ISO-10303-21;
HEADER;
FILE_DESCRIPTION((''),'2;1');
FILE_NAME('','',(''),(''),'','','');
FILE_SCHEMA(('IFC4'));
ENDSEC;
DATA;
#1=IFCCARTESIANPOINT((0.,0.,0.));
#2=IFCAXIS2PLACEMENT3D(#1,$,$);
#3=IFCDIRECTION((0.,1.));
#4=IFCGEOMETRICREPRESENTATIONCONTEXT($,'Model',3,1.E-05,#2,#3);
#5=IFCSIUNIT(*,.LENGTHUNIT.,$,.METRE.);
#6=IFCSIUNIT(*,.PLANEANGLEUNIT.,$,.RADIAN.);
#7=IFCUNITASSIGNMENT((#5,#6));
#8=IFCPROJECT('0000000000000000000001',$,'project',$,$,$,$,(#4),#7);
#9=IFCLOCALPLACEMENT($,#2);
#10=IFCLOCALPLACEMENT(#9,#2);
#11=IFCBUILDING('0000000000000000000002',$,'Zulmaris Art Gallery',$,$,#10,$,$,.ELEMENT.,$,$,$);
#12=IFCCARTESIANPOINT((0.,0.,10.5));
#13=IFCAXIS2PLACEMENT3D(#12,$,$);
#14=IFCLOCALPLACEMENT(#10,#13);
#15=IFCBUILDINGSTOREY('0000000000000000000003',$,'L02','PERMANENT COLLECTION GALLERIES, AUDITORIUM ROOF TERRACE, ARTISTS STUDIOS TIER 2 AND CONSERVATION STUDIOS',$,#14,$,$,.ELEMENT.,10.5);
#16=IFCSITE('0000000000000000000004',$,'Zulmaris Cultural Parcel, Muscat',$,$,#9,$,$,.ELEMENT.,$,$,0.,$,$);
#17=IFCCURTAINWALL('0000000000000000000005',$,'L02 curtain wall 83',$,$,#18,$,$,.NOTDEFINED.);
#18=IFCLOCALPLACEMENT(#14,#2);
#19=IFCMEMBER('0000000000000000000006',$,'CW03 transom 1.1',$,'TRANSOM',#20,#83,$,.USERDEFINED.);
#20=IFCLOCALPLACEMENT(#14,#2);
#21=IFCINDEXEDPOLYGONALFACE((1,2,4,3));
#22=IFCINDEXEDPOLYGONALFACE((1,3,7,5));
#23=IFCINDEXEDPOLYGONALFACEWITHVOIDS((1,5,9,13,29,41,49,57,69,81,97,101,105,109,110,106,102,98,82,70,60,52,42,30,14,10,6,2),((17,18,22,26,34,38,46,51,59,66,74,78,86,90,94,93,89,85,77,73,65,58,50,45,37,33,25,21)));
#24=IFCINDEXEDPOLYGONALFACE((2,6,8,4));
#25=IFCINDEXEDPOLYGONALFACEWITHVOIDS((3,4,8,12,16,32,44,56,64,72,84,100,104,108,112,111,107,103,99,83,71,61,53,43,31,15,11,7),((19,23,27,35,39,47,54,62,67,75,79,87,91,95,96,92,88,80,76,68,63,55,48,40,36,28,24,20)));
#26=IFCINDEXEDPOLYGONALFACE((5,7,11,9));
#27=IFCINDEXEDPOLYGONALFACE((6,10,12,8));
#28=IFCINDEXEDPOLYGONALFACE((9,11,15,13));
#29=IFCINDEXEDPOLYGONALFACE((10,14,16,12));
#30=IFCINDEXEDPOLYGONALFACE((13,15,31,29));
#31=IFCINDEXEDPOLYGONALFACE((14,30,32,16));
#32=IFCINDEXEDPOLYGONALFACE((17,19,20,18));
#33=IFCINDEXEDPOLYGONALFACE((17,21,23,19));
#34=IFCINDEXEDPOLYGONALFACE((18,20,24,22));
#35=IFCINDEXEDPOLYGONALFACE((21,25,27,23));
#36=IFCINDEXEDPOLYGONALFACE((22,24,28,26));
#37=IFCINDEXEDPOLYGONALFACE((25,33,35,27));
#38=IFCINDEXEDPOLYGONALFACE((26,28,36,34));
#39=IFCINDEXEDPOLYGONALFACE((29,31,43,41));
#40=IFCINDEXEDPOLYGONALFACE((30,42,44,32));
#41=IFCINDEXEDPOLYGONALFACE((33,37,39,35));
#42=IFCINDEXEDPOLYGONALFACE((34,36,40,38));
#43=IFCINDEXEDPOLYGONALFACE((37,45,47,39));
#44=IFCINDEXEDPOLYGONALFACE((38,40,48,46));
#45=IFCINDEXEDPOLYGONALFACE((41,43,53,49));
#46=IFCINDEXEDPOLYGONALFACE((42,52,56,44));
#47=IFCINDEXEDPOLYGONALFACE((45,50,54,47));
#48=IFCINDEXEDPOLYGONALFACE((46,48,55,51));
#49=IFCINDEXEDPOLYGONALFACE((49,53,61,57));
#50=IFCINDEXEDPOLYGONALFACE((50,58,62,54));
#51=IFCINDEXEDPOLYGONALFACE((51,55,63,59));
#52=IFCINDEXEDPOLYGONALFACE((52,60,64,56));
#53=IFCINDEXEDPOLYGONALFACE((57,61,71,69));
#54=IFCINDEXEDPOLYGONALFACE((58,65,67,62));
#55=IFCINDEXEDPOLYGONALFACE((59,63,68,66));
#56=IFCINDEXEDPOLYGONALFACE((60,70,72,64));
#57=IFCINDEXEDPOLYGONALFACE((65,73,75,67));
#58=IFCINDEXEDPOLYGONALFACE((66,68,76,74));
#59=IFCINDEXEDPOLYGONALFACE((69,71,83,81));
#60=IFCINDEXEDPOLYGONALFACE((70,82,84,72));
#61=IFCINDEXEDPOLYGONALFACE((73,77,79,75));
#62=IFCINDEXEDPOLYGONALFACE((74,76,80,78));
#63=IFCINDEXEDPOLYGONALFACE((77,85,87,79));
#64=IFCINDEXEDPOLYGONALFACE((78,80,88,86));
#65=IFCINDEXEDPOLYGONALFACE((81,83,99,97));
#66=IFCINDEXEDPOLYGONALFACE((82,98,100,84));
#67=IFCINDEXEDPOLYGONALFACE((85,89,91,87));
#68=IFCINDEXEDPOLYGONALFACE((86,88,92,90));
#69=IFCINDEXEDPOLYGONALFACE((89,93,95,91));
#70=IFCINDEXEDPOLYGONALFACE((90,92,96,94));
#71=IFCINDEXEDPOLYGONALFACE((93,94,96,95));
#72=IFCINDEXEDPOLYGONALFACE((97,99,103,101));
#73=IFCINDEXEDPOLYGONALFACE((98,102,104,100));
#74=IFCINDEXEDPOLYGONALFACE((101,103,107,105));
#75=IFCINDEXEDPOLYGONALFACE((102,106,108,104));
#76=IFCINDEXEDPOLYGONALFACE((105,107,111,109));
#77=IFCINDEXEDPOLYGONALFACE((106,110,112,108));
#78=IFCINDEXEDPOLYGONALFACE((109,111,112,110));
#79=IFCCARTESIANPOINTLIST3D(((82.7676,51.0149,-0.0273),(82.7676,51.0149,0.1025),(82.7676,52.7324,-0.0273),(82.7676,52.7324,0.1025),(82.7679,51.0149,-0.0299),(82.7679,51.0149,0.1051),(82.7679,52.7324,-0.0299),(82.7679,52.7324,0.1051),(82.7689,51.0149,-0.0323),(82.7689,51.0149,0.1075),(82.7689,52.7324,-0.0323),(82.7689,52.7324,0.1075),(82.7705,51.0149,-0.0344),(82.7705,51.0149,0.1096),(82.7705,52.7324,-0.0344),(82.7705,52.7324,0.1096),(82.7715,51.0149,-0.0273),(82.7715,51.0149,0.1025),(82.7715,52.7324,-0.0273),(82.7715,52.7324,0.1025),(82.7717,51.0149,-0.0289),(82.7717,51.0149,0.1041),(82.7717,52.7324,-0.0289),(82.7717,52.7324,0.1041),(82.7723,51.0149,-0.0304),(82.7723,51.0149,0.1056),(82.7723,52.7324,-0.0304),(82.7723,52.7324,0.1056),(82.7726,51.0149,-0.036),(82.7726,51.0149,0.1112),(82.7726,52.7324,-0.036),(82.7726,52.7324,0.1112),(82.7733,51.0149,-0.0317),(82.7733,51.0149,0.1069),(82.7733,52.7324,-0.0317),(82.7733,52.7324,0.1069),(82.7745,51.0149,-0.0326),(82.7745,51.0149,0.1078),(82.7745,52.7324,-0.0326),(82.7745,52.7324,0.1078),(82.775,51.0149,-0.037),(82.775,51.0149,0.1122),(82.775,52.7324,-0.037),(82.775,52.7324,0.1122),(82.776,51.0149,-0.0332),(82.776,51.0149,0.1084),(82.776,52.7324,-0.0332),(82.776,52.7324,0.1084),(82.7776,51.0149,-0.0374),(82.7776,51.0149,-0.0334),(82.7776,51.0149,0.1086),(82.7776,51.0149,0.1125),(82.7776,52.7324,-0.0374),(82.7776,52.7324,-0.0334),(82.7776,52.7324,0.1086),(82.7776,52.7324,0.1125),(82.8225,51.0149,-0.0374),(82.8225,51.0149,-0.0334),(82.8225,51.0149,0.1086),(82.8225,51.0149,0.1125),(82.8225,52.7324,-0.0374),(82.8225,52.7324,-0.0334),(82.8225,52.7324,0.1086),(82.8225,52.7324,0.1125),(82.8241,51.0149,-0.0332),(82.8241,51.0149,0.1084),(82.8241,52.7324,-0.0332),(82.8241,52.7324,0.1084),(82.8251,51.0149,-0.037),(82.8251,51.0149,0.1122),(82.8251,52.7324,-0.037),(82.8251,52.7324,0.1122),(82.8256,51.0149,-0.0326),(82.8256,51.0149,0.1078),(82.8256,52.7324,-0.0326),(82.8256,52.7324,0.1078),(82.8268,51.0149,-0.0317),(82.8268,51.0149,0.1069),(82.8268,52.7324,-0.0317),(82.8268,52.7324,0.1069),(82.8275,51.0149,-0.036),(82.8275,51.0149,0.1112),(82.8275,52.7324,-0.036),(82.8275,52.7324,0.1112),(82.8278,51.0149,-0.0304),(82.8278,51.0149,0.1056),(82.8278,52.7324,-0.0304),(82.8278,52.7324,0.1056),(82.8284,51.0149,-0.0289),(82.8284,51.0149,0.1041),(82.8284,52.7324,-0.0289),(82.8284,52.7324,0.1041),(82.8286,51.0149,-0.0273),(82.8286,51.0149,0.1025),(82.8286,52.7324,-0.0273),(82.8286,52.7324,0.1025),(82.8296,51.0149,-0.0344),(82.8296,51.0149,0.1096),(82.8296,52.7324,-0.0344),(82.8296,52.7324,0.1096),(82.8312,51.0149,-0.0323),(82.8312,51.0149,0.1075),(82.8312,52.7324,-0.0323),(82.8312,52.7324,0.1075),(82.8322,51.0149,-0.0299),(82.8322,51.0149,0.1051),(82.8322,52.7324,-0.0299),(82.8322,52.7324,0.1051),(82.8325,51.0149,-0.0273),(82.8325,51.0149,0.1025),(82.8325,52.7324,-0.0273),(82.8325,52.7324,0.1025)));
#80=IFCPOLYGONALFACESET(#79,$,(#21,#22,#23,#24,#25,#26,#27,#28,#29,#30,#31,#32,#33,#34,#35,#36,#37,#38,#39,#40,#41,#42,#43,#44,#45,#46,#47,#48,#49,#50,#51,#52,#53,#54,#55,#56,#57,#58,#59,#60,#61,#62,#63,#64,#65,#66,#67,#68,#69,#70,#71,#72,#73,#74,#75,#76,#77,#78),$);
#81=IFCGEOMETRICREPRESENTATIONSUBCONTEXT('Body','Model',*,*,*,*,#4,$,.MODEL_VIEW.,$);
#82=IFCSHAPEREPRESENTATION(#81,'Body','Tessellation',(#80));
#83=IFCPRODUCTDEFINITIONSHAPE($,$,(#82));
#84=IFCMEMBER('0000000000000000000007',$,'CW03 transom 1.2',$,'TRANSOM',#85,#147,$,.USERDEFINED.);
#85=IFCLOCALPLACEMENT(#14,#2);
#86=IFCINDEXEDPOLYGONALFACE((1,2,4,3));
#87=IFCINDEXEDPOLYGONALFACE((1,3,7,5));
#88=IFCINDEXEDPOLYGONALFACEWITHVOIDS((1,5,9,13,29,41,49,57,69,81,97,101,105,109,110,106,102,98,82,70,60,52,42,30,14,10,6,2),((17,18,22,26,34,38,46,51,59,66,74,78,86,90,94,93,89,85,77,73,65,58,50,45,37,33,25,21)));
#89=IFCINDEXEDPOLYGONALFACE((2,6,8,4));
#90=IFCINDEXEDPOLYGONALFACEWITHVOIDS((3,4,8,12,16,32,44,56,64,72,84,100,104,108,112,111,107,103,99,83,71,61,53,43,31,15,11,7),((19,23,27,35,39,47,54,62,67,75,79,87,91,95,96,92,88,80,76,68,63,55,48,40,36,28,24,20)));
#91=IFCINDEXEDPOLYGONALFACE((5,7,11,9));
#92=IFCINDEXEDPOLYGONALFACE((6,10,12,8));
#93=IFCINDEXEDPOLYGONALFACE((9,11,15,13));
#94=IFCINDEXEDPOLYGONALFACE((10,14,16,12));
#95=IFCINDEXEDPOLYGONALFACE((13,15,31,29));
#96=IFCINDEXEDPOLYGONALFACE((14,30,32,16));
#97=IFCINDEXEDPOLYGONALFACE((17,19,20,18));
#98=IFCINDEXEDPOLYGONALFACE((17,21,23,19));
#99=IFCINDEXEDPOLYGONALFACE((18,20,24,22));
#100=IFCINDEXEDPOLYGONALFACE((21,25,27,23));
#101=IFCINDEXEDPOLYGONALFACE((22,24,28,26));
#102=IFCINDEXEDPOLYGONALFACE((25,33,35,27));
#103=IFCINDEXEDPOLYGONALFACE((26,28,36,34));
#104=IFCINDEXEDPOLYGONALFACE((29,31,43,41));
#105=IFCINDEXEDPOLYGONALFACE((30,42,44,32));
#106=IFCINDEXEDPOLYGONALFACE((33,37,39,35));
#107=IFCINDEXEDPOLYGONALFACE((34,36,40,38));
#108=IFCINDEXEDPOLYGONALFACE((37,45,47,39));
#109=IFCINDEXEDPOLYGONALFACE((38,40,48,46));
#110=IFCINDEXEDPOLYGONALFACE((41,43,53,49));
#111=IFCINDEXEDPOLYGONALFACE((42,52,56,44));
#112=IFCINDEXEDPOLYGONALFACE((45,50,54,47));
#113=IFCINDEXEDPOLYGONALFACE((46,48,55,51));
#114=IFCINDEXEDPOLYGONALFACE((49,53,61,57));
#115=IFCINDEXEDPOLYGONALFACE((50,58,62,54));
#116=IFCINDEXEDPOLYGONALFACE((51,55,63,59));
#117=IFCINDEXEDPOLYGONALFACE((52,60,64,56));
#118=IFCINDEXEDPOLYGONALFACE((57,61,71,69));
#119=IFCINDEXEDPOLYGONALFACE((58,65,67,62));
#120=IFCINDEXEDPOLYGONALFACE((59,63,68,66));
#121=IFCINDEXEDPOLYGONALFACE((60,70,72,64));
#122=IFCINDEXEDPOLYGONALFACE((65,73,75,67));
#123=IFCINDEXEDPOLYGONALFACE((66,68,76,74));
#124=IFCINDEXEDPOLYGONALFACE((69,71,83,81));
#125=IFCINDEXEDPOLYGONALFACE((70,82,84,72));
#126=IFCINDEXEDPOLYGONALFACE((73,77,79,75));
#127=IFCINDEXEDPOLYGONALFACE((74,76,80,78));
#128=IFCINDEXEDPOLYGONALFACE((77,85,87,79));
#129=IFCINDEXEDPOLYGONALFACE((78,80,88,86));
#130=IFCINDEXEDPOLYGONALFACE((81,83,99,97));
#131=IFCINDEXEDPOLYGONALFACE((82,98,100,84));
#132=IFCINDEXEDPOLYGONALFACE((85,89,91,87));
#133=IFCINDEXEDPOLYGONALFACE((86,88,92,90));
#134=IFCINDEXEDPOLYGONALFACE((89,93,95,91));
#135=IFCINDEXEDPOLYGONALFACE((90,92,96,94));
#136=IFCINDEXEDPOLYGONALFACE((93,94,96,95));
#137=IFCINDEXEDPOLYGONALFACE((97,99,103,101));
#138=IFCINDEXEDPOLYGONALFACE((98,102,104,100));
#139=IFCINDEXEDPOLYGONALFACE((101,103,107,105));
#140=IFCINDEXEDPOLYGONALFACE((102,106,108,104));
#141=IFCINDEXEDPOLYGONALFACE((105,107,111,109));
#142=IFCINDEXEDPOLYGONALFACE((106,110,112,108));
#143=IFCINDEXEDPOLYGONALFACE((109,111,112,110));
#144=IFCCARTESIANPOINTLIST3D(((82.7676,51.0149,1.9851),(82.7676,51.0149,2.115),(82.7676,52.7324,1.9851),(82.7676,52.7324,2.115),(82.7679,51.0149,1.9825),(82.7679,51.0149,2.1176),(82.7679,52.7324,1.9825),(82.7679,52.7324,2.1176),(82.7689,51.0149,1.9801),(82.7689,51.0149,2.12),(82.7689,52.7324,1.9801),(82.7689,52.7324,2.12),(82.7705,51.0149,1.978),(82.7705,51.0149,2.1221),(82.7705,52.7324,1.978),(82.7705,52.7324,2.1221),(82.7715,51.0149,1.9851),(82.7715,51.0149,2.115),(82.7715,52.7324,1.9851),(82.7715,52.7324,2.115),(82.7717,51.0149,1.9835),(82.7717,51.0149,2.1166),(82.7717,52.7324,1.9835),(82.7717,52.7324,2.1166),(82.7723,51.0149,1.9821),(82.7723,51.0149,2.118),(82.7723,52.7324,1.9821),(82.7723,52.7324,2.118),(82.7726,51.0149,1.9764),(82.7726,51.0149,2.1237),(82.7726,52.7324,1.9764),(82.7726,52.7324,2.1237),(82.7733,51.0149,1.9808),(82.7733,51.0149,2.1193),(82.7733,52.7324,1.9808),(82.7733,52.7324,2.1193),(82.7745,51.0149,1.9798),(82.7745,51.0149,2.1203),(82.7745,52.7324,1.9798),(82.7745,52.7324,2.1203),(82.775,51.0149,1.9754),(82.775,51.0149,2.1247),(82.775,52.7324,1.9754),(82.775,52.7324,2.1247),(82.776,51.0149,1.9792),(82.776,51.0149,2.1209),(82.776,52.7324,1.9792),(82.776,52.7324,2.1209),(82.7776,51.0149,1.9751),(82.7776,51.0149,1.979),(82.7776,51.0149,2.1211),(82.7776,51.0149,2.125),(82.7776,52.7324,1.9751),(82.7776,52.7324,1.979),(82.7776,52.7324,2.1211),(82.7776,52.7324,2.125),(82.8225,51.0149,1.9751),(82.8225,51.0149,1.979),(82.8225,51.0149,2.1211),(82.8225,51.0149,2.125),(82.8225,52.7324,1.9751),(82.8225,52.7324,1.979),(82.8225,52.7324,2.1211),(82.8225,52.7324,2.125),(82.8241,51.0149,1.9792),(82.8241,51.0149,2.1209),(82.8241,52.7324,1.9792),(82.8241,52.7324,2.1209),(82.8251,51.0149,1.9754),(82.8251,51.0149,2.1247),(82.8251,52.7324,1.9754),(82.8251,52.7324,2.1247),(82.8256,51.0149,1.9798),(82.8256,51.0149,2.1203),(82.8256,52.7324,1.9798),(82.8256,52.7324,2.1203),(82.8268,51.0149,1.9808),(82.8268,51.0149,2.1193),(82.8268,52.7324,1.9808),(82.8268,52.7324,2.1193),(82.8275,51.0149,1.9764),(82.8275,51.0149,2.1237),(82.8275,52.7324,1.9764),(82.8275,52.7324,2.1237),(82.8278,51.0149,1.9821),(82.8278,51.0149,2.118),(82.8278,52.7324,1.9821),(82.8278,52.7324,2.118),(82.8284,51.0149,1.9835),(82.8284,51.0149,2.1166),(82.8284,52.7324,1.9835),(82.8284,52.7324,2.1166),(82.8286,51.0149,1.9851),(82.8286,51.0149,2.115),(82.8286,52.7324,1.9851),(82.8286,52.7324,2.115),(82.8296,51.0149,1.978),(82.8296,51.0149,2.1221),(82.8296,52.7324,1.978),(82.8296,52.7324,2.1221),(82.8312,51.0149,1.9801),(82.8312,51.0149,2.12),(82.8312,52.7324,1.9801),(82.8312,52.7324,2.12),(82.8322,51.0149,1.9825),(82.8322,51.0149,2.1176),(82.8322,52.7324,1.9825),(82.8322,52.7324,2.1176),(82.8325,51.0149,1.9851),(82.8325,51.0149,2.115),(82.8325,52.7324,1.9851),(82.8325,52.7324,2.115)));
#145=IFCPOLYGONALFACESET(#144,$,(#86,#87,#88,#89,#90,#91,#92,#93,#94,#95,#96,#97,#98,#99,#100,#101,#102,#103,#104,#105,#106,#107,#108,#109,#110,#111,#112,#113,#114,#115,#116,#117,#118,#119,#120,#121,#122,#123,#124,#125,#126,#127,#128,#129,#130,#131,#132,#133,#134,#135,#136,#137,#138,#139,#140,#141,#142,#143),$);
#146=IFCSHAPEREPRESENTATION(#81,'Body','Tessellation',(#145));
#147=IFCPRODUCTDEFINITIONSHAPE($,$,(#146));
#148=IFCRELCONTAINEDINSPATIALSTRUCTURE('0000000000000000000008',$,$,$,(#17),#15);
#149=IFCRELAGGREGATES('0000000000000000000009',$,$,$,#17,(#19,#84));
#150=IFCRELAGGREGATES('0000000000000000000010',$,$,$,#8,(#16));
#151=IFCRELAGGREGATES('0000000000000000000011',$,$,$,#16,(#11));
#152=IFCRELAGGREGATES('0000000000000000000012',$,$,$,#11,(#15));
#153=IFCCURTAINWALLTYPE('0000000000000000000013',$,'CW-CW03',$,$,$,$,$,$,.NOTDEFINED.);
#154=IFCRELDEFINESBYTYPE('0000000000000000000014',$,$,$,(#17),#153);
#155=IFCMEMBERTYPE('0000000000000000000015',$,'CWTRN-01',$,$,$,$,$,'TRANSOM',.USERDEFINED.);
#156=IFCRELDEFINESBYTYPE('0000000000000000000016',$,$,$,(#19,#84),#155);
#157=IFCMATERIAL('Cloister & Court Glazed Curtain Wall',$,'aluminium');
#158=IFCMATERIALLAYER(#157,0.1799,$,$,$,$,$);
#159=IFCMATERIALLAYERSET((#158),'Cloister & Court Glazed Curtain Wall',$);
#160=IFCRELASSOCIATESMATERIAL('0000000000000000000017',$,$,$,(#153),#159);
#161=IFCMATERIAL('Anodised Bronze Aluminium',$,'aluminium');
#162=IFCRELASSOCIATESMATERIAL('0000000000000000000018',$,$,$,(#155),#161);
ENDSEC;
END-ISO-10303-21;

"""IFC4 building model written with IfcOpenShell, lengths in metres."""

from ifc_helpers import new_model, si_unit, direction, frame, origin, origin_2d, place, context, subcontext, project, spatial, hollow_rectangle, extrude, material, layer, layer_set, material_profile, profile_set, type_object, element, aggregate, save


model = new_model("IFC4")

# Units and contexts
model_context = context("Model", 3, precision=1e-05, world=origin(), true_north=direction((0.0, 1.0)))
body_context = subcontext(model_context, "Body", "Model", "MODEL_VIEW")
ifc_project = project(units=[si_unit("LENGTHUNIT", "METRE"), si_unit("PLANEANGLEUNIT", "RADIAN")], contexts=[model_context])

# Site, building, storey
site_placement = place(None, origin())
site = spatial("IfcSite", under=ifc_project, at=site_placement, Name="Zulmaris Cultural Parcel, Muscat", CompositionType="ELEMENT", RefElevation=0.0)
building_placement = place(site_placement, origin())
building = spatial("IfcBuilding", under=site, at=building_placement, Name="Zulmaris Art Gallery", CompositionType="ELEMENT")
storey_placement = place(building_placement, frame((0.0, 0.0, 10.5)))
storey = spatial("IfcBuildingStorey", under=building, at=storey_placement, Name="L02", Description="PERMANENT COLLECTION GALLERIES, AUDITORIUM ROOF TERRACE, ARTISTS STUDIOS TIER 2 AND CONSERVATION STUDIOS", CompositionType="ELEMENT", Elevation=10.5)

# Curtain wall
ifc_material_1 = material(Name="Cloister & Court Glazed Curtain Wall", Category="aluminium")
ifc_layer_1 = layer(ifc_material_1, 0.1799)
ifc_layer_set_1 = layer_set([ifc_layer_1], Name="Cloister & Court Glazed Curtain Wall")
curtain_wall_type = type_object("IfcCurtainWallType", Name="CW-CW03", PredefinedType="NOTDEFINED", material=ifc_layer_set_1)
ifc_material_2 = material(Name="Anodised Bronze Aluminium", Category="aluminium")
curtain_wall_1_placement = place(storey_placement, origin())
curtain_wall_1 = element("IfcCurtainWall", 1, at=curtain_wall_1_placement, inside=storey, type_object=curtain_wall_type, Name="L02 curtain wall 83", PredefinedType="NOTDEFINED")

# Members
ifc_material_profile_1 = material_profile(ifc_material_2, hollow_rectangle(XDim=0.0649, YDim=0.1499, WallThickness=0.0039, InnerFilletRadius=0.0061, OuterFilletRadius=0.01, at=origin_2d()), Name="ALU 65x150x4")
ifc_profile_set_1 = profile_set([ifc_material_profile_1], Name="Anodised Bronze Aluminium")
member_type_1 = type_object("IfcMemberType", Name="CWTRN-01", ElementType="TRANSOM", PredefinedType="USERDEFINED", material=ifc_profile_set_1)
member_1_placement = place(storey_placement, frame((82.8, 51.0149, 0.0376), z_axis=(0.0, 1.0, 0.0), x_axis=(-1.0, 0.0, 0.0)))
member_1 = element("IfcMember", 2, at=member_1_placement, type_object=member_type_1, Name="CW03 transom 1.1", ObjectType="TRANSOM", PredefinedType="USERDEFINED", context=body_context, shape_type="SweptSolid", body=[
    extrude(hollow_rectangle(XDim=0.0649, YDim=0.1499, WallThickness=0.0039, InnerFilletRadius=0.0061, OuterFilletRadius=0.01, at=origin_2d()), origin(), (0.0, 0.0, 1.0), 1.7175),
])
member_2_placement = place(storey_placement, frame((82.8, 51.0149, 2.05), z_axis=(0.0, 1.0, 0.0), x_axis=(-1.0, 0.0, 0.0)))
member_2 = element("IfcMember", 3, at=member_2_placement, type_object=member_type_1, Name="CW03 transom 1.2", ObjectType="TRANSOM", PredefinedType="USERDEFINED", context=body_context, shape_type="SweptSolid", body=[
    extrude(hollow_rectangle(XDim=0.0649, YDim=0.1499, WallThickness=0.0039, InnerFilletRadius=0.0061, OuterFilletRadius=0.01, at=origin_2d()), origin(), (0.0, 0.0, 1.0), 1.7175),
])

aggregate(curtain_wall_1, [member_1, member_2])

save(model, "model.ifc")
